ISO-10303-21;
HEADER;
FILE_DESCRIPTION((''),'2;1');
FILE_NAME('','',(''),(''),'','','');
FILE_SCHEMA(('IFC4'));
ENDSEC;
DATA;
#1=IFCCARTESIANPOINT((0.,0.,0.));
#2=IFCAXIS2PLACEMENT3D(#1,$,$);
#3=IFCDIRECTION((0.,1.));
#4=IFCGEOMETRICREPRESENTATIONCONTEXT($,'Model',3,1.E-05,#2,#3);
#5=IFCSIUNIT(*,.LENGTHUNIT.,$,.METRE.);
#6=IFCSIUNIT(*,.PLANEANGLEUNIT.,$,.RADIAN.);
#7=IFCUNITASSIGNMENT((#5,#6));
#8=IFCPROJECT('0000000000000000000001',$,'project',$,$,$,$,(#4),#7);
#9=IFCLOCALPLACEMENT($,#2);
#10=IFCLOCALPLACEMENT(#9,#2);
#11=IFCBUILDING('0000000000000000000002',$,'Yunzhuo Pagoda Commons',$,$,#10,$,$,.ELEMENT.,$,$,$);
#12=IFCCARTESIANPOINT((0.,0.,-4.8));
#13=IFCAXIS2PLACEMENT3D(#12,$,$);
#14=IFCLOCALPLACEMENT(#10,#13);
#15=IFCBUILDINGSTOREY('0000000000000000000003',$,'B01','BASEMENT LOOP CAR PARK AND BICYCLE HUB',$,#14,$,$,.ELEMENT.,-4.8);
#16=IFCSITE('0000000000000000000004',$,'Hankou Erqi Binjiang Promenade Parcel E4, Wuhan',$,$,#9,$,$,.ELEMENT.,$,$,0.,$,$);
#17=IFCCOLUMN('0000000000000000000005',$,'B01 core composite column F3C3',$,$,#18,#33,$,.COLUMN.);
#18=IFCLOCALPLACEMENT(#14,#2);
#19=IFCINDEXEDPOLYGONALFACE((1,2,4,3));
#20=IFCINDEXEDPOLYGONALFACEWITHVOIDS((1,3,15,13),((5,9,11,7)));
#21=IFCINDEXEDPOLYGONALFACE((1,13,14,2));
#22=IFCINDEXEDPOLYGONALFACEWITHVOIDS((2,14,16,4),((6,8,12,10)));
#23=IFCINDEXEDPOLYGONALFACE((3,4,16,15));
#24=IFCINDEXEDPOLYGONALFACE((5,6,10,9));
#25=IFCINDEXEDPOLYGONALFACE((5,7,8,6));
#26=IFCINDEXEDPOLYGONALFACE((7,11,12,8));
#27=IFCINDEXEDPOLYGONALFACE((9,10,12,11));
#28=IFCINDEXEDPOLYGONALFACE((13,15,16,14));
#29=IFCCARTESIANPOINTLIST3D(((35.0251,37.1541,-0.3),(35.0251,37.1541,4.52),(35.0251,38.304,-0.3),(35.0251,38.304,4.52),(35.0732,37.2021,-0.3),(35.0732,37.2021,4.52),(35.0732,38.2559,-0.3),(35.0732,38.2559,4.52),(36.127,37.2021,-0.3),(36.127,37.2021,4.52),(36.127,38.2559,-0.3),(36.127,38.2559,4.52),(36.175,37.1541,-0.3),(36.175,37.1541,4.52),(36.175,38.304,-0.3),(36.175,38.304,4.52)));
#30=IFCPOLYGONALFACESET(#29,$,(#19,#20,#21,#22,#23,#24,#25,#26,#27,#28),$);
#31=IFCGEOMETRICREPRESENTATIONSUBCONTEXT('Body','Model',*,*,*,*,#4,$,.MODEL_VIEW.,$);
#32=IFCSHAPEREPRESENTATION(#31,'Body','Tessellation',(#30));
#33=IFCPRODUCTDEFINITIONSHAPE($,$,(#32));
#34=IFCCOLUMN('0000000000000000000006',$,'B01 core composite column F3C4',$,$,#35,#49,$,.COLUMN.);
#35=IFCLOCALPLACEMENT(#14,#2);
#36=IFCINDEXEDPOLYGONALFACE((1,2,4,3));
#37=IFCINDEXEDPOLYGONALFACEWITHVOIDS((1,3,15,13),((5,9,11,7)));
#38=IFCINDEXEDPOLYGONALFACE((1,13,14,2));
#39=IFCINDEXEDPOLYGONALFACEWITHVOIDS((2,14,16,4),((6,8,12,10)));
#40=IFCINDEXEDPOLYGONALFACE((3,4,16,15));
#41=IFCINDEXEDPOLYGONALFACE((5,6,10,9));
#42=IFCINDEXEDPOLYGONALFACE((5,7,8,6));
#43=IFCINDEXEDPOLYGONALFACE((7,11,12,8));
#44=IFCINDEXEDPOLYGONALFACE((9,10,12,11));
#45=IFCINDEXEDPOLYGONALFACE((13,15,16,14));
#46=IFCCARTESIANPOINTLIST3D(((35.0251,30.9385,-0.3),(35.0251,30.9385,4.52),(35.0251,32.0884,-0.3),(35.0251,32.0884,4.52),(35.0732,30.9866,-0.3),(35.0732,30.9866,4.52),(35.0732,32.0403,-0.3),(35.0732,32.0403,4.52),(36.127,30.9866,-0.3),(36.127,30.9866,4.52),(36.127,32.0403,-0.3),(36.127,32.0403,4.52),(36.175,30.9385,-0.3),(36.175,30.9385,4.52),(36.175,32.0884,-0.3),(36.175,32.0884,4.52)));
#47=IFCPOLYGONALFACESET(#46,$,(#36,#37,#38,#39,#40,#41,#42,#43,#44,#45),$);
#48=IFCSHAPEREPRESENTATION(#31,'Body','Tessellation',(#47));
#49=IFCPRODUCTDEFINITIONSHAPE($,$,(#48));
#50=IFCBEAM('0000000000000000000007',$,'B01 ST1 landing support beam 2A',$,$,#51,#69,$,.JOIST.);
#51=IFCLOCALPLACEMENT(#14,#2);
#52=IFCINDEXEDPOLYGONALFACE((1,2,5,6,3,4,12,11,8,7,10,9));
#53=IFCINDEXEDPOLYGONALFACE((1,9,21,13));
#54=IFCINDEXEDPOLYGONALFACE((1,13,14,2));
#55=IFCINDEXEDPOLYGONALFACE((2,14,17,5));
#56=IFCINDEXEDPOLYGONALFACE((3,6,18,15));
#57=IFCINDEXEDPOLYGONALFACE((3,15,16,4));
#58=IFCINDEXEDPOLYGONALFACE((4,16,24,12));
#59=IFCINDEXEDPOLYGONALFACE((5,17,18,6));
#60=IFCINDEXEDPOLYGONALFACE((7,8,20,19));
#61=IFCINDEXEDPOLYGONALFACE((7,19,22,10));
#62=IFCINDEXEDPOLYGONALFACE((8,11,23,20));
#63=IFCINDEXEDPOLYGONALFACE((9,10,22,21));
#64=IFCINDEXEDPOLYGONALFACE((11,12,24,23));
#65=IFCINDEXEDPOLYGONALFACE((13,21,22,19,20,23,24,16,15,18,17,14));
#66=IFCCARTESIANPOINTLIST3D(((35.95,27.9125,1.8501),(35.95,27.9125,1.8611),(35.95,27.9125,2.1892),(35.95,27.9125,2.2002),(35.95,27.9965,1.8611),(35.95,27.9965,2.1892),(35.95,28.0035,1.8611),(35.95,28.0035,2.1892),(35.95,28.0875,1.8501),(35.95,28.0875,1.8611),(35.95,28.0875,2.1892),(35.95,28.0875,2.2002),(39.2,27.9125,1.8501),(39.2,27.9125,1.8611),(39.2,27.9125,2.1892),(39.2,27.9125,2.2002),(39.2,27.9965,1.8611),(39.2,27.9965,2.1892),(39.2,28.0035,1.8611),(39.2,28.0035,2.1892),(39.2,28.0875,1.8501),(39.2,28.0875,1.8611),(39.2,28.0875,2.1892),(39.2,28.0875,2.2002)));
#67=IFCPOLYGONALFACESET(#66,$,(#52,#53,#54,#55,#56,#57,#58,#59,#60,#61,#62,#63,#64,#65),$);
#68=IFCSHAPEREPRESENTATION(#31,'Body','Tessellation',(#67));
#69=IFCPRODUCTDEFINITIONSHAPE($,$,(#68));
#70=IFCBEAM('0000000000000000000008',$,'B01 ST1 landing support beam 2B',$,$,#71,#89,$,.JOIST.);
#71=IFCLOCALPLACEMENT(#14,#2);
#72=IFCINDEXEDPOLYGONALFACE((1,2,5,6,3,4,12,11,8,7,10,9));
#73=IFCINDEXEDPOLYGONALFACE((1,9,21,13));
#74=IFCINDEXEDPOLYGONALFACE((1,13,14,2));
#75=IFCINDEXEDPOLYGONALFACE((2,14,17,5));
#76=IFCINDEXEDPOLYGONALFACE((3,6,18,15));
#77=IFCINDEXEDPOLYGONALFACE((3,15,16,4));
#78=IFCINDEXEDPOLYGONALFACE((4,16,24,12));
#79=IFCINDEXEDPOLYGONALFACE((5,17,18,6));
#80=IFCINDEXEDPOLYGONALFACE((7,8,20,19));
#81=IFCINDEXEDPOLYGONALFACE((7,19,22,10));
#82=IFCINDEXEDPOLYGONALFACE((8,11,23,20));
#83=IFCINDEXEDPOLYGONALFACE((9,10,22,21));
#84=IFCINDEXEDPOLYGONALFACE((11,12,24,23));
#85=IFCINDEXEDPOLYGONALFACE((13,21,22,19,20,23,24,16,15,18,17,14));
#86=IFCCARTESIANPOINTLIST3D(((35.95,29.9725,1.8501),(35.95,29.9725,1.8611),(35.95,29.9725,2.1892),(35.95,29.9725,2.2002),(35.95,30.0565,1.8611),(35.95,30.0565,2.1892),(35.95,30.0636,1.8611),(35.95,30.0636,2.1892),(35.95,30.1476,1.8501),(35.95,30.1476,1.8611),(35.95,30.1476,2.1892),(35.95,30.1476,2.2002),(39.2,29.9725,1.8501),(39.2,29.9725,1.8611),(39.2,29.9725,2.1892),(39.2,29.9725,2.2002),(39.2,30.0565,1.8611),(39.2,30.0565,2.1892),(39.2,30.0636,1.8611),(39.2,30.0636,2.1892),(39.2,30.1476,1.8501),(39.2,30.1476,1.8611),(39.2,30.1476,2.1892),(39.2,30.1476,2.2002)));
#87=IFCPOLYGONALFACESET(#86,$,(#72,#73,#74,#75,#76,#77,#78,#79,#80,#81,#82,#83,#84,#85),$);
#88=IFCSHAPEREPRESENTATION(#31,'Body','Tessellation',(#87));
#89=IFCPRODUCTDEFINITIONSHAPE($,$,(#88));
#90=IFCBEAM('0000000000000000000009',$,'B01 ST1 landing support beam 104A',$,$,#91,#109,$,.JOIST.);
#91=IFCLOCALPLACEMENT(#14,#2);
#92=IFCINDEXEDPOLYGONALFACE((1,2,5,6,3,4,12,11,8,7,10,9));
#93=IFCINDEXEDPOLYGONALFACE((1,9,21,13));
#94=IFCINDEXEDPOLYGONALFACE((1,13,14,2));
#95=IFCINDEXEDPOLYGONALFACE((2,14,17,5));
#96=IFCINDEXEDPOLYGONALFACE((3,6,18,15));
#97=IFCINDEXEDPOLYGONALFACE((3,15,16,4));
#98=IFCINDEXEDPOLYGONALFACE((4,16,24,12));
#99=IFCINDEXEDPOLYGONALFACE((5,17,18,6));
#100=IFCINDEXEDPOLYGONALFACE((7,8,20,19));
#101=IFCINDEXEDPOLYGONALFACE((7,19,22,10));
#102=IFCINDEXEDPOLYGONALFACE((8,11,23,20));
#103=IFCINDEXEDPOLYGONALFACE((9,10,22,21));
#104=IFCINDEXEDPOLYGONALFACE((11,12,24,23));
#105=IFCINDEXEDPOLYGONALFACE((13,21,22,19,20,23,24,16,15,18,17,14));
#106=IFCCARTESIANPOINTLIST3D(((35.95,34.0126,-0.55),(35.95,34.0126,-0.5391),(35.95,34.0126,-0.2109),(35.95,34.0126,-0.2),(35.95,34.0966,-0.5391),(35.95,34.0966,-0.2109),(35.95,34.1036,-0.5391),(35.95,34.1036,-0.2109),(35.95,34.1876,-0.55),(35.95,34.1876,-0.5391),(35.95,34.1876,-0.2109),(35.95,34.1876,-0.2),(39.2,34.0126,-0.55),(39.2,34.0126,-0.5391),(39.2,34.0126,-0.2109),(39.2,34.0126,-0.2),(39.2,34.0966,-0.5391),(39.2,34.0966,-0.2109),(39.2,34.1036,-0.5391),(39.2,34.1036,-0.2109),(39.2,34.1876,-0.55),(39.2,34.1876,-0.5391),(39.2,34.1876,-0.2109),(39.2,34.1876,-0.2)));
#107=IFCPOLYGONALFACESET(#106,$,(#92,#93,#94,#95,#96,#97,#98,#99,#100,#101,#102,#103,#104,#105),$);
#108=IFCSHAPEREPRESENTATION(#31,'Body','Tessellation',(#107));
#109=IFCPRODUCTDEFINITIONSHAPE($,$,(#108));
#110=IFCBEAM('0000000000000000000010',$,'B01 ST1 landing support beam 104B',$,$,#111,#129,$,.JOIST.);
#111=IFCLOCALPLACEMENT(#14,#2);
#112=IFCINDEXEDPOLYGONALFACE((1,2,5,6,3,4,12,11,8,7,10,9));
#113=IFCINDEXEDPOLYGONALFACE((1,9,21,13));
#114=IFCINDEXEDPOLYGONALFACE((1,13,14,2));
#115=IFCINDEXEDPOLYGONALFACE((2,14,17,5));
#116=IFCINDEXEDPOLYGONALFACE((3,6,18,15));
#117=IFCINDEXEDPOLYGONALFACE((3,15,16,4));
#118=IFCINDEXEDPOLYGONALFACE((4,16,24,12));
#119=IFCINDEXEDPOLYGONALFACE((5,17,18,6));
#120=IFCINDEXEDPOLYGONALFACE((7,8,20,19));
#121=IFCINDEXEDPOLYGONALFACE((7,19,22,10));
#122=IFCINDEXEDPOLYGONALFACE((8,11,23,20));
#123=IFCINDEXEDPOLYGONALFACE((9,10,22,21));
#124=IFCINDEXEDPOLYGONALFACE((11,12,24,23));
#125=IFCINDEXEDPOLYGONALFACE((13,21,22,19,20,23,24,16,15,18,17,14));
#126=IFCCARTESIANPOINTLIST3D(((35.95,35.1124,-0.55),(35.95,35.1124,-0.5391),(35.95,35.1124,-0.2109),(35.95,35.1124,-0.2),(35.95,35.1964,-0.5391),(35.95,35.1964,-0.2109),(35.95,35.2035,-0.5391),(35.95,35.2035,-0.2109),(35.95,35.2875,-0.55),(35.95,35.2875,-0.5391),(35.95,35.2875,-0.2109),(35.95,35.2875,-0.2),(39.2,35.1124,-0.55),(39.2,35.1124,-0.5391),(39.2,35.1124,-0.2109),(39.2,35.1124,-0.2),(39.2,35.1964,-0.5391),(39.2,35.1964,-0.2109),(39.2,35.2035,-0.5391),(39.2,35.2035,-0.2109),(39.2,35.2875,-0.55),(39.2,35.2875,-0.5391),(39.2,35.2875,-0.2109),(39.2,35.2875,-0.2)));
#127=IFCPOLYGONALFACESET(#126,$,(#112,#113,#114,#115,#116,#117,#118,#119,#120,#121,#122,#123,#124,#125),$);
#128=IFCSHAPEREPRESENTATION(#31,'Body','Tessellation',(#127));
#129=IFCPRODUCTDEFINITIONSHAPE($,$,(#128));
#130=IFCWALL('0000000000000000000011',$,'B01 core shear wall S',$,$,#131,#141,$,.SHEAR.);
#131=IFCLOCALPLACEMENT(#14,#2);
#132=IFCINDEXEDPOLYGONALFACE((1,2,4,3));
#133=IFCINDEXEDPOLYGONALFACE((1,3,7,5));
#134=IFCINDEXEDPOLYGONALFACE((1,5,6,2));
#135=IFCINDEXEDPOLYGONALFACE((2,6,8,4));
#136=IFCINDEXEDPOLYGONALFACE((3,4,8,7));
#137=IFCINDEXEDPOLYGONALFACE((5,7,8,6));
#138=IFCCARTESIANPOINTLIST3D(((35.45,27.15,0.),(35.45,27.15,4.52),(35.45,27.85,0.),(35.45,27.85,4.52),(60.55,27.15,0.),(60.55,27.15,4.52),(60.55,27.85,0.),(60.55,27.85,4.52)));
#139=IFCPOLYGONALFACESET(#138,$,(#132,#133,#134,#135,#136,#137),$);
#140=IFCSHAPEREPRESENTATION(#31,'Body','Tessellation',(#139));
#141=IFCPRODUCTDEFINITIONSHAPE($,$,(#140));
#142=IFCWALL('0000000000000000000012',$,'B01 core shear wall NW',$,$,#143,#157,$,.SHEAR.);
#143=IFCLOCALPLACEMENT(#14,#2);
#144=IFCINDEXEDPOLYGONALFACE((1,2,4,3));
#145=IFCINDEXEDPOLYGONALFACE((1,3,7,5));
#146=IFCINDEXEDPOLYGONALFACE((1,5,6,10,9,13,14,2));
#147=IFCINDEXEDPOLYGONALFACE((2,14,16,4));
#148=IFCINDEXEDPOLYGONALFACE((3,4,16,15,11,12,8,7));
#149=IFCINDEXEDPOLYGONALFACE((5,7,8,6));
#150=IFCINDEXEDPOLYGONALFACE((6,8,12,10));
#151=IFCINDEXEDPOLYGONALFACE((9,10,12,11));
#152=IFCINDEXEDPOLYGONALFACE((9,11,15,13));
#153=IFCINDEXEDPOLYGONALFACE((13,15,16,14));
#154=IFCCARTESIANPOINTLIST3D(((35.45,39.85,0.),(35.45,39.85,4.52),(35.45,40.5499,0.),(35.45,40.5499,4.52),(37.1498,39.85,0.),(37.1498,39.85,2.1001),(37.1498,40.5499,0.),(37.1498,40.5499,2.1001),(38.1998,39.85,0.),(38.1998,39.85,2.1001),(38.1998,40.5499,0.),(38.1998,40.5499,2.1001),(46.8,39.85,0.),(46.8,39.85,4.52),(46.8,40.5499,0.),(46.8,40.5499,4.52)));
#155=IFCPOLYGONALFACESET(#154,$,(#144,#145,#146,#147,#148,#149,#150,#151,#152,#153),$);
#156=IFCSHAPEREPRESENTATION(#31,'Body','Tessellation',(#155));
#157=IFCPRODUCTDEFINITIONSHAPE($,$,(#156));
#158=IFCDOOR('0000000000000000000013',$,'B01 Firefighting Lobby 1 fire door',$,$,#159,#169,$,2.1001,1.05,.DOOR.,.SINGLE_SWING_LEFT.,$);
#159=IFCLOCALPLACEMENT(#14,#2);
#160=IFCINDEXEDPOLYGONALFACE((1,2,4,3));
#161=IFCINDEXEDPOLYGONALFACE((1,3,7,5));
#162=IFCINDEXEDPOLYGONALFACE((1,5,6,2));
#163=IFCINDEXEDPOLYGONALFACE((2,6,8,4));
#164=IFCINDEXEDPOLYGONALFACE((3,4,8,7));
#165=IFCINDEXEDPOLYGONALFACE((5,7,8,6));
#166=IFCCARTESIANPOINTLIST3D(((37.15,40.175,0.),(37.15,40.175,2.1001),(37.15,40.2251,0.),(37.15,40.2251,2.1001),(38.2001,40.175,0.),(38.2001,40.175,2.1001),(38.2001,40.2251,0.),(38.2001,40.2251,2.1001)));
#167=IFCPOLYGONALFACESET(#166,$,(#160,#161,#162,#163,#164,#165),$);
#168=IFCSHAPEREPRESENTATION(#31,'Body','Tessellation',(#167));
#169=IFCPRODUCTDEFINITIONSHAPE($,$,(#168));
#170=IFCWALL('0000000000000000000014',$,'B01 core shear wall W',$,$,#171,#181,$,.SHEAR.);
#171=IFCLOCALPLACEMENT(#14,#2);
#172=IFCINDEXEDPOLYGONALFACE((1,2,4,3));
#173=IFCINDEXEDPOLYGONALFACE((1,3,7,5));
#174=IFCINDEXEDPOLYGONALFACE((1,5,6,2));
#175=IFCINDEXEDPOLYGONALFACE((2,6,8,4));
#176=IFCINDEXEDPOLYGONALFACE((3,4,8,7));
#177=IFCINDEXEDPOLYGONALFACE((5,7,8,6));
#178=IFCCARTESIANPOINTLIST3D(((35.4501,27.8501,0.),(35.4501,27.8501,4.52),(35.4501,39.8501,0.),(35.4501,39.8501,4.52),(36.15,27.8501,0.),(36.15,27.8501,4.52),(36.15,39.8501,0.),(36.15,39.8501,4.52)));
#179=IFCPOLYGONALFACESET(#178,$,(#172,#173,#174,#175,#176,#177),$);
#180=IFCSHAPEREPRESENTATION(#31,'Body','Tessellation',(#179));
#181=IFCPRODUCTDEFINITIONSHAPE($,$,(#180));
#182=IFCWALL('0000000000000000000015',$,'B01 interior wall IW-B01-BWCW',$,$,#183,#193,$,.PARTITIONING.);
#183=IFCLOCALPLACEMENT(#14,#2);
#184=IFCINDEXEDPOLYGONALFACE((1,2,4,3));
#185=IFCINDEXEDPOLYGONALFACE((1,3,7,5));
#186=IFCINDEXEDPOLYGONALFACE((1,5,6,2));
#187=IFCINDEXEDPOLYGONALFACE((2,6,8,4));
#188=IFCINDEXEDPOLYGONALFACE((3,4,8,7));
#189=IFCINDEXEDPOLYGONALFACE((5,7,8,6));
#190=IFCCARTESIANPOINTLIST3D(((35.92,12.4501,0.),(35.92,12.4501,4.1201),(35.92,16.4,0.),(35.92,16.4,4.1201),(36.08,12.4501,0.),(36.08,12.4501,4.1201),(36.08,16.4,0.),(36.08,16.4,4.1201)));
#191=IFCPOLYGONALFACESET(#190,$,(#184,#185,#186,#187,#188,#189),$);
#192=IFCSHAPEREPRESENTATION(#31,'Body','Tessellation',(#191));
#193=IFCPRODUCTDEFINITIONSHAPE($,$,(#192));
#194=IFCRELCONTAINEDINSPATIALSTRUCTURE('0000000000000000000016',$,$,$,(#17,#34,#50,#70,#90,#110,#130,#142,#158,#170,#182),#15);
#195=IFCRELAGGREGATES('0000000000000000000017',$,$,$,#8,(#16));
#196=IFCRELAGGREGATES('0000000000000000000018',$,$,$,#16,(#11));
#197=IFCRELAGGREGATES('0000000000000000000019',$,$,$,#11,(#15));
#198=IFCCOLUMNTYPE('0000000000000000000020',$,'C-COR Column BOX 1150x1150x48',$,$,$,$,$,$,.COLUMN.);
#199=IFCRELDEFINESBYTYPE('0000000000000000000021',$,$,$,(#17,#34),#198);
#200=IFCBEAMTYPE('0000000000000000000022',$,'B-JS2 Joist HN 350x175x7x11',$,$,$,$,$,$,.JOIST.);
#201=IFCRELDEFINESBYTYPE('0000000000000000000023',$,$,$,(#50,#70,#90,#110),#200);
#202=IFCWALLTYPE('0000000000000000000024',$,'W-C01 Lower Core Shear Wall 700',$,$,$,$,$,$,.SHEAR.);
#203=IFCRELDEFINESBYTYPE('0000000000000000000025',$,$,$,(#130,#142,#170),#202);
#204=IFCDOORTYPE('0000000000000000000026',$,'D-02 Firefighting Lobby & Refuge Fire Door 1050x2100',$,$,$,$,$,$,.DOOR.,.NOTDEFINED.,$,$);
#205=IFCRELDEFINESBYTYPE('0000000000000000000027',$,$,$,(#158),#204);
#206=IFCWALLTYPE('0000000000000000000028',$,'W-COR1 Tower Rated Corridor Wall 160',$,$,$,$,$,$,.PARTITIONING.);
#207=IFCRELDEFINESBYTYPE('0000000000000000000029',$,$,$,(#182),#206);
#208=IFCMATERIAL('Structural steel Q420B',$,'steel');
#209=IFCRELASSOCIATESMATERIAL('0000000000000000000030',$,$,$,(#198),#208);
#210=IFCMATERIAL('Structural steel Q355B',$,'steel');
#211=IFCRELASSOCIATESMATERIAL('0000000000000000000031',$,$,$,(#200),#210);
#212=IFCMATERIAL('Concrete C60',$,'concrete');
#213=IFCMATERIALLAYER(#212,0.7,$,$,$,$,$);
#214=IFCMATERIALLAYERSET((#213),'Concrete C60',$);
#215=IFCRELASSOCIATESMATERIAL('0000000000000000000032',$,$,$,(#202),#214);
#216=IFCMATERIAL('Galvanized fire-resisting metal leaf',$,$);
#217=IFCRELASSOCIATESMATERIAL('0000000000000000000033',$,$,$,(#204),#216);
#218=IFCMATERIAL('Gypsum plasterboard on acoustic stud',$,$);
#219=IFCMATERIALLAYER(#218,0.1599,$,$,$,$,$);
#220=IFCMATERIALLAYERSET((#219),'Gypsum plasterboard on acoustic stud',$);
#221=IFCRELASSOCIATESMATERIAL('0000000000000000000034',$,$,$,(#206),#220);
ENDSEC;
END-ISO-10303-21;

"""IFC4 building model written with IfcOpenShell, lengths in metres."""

from ifc_helpers import new_model, si_unit, direction, frame, frame_2d, origin, origin_2d, place, context, subcontext, project, spatial, rectangle, hollow_rectangle, i_section, extrude, source, transform, mapped, material, layer, layer_set, material_profile, profile_set, type_object, element, fill, save


model = new_model("IFC4")

# Units and contexts
model_context = context("Model", 3, precision=1e-05, world=origin(), true_north=direction((0.0, 1.0)))
body_context = subcontext(model_context, "Body", "Model", "MODEL_VIEW")
ifc_project = project(units=[si_unit("LENGTHUNIT", "METRE"), si_unit("PLANEANGLEUNIT", "RADIAN")], contexts=[model_context])

# Site, building, storey
site_placement = place(None, origin())
site = spatial("IfcSite", under=ifc_project, at=site_placement, Name="Hankou Erqi Binjiang Promenade Parcel E4, Wuhan", CompositionType="ELEMENT", RefElevation=0.0)
building_placement = place(site_placement, origin())
building = spatial("IfcBuilding", under=site, at=building_placement, Name="Yunzhuo Pagoda Commons", CompositionType="ELEMENT")
storey_placement = place(building_placement, frame((0.0, 0.0, -4.8)))
storey = spatial("IfcBuildingStorey", under=building, at=storey_placement, Name="B01", Description="BASEMENT LOOP CAR PARK AND BICYCLE HUB", CompositionType="ELEMENT", Elevation=-4.8)

# Columns
ifc_material_1 = material(Name="Structural steel Q420B", Category="steel")
ifc_material_profile_1 = material_profile(ifc_material_1, hollow_rectangle(XDim=1.1499, YDim=1.1499, WallThickness=0.0481, at=origin_2d()), Name="Structural steel Q420B")
ifc_profile_set_1 = profile_set([ifc_material_profile_1], Name="Structural steel Q420B")
column_type = type_object("IfcColumnType", Name="C-COR Column BOX 1150x1150x48", PredefinedType="COLUMN", material=ifc_profile_set_1)
shared_shape_1 = source(origin(), body_context, "Body", "SweptSolid", [
    extrude(hollow_rectangle(XDim=1.1499, YDim=1.1499, WallThickness=0.0481, at=origin_2d()), origin(), (0.0, 0.0, 1.0), 4.8201),
])
for number, where, z_axis, x_axis, name in (
    (1, (35.6001, 37.729, -0.3), (0.0, 0.0, 1.0), (1.0, 0.0, 0.0), "B01 core composite column F3C3"),
    (2, (35.6001, 31.5134, -0.3), (0.0, 0.0, 1.0), (1.0, 0.0, 0.0), "B01 core composite column F3C4"),
):
    element("IfcColumn", number, at=place(storey_placement, frame(where, z_axis=z_axis, x_axis=x_axis)), inside=storey, type_object=column_type, Name=name, PredefinedType="COLUMN", context=body_context, shape_type="MappedRepresentation", body=[
        mapped(shared_shape_1, transform((0.0, 0.0, 0.0), scale=1.0)),
    ])

# Beams
ifc_material_2 = material(Name="Structural steel Q355B", Category="steel")
ifc_material_profile_2 = material_profile(ifc_material_2, i_section(OverallWidth=0.175, OverallDepth=0.3501, WebThickness=0.0071, FlangeThickness=0.011, at=origin_2d()), Name="Structural steel Q355B")
ifc_profile_set_2 = profile_set([ifc_material_profile_2], Name="Structural steel Q355B")
beam_type = type_object("IfcBeamType", Name="B-JS2 Joist HN 350x175x7x11", PredefinedType="JOIST", material=ifc_profile_set_2)
shared_shape_2 = source(origin(), body_context, "Body", "SweptSolid", [
    extrude(i_section(OverallWidth=0.175, OverallDepth=0.3501, WebThickness=0.0071, FlangeThickness=0.011, at=origin_2d()), origin(), (0.0, 0.0, 1.0), 3.25),
])
for number, where, z_axis, x_axis, name in (
    (3, (35.95, 28.0, 2.0251), (1.0, 0.0, 0.0), (0.0, 1.0, 0.0), "B01 ST1 landing support beam 2A"),
    (4, (35.95, 30.0601, 2.0251), (1.0, 0.0, 0.0), (0.0, 1.0, 0.0), "B01 ST1 landing support beam 2B"),
    (5, (35.95, 34.1001, -0.375), (1.0, 0.0, 0.0), (0.0, 1.0, 0.0), "B01 ST1 landing support beam 104A"),
    (6, (35.95, 35.2, -0.375), (1.0, 0.0, 0.0), (0.0, 1.0, 0.0), "B01 ST1 landing support beam 104B"),
):
    element("IfcBeam", number, at=place(storey_placement, frame(where, z_axis=z_axis, x_axis=x_axis)), inside=storey, type_object=beam_type, Name=name, PredefinedType="JOIST", context=body_context, shape_type="MappedRepresentation", body=[
        mapped(shared_shape_2, transform((0.0, 0.0, 0.0), scale=1.0)),
    ])

# Wall
ifc_material_3 = material(Name="Concrete C60", Category="concrete")
ifc_layer_1 = layer(ifc_material_3, 0.7)
ifc_layer_set_1 = layer_set([ifc_layer_1], Name="Concrete C60")
wall_type_1 = type_object("IfcWallType", Name="W-C01 Lower Core Shear Wall 700", PredefinedType="SHEAR", material=ifc_layer_set_1)
wall_1_placement = place(storey_placement, frame((35.45, 27.5, 0.0), z_axis=(0.0, 0.0, 1.0), x_axis=(1.0, 0.0, 0.0)))
element("IfcWall", 7, at=wall_1_placement, inside=storey, type_object=wall_type_1, Name="B01 core shear wall S", PredefinedType="SHEAR", context=body_context, shape_type="SweptSolid", body=[
    extrude(rectangle(XDim=25.1001, YDim=0.7, at=frame_2d((12.55, 0.0))), origin(), (0.0, 0.0, 1.0), 4.52),
])

# Wall, opening, door
wall_2_placement = place(storey_placement, frame((35.45, 40.2, 0.0), z_axis=(0.0, 0.0, 1.0), x_axis=(1.0, 0.0, 0.0)))
wall_2 = element("IfcWall", 8, at=wall_2_placement, inside=storey, type_object=wall_type_1, Name="B01 core shear wall NW", PredefinedType="SHEAR", context=body_context, shape_type="SweptSolid", body=[
    extrude(rectangle(XDim=11.3501, YDim=0.7, at=frame_2d((5.675, 0.0))), origin(), (0.0, 0.0, 1.0), 4.52),
])
opening_1_placement = place(wall_2_placement, frame((1.7, 0.0, 0.0)))
opening_1 = element("IfcOpeningElement", 9, at=opening_1_placement, cuts=wall_2, PredefinedType="OPENING", context=body_context, shape_type="SweptSolid", body=[
    extrude(rectangle(XDim=1.05, YDim=2.1001, at=frame_2d((0.5249, 1.05))), frame((0.0, 0.3599, 0.0), z_axis=(0.0, -1.0, 0.0), x_axis=(1.0, 0.0, 0.0)), (0.0, 0.0, 1.0), 0.72),
])
ifc_material_4 = material(Name="Galvanized fire-resisting metal leaf")
door_type_1 = type_object("IfcDoorType", Name="D-02 Firefighting Lobby & Refuge Fire Door 1050x2100", OperationType="NOTDEFINED", PredefinedType="DOOR", material=ifc_material_4)
shared_shape_3 = source(origin(), body_context, "Body", "SweptSolid", [
    extrude(rectangle(XDim=1.05, YDim=2.1001, at=frame_2d((0.5249, 1.05))), frame((0.0, 0.0249, 0.0), z_axis=(0.0, -1.0, 0.0), x_axis=(1.0, 0.0, 0.0)), (0.0, 0.0, 1.0), 0.05),
])
door_1_placement = place(opening_1_placement, frame((1.05, 0.0, 0.0), z_axis=(0.0, 0.0, 1.0), x_axis=(-1.0, 0.0, 0.0)))
door_1 = element("IfcDoor", 10, at=door_1_placement, inside=storey, type_object=door_type_1, Name="B01 Firefighting Lobby 1 fire door", OperationType="SINGLE_SWING_LEFT", OverallHeight=2.1001, OverallWidth=1.05, PredefinedType="DOOR", context=body_context, shape_type="MappedRepresentation", body=[
    mapped(shared_shape_3, transform((0.0, 0.0, 0.0), scale=1.0)),
])
fill(opening_1, door_1)

# Walls
wall_3_placement = place(storey_placement, frame((35.8, 27.8501, 0.0), z_axis=(0.0, 0.0, 1.0), x_axis=(0.0, 1.0, 0.0)))
element("IfcWall", 11, at=wall_3_placement, inside=storey, type_object=wall_type_1, Name="B01 core shear wall W", PredefinedType="SHEAR", context=body_context, shape_type="SweptSolid", body=[
    extrude(rectangle(XDim=12.0, YDim=0.7, at=frame_2d((6.0, 0.0))), origin(), (0.0, 0.0, 1.0), 4.52),
])
ifc_material_5 = material(Name="Gypsum plasterboard on acoustic stud")
ifc_layer_2 = layer(ifc_material_5, 0.1599)
ifc_layer_set_2 = layer_set([ifc_layer_2], Name="Gypsum plasterboard on acoustic stud")
wall_type_2 = type_object("IfcWallType", Name="W-COR1 Tower Rated Corridor Wall 160", PredefinedType="PARTITIONING", material=ifc_layer_set_2)
wall_4_placement = place(storey_placement, frame((36.0, 12.45, 0.0), z_axis=(0.0, 0.0, 1.0), x_axis=(0.0, 1.0, 0.0)))
element("IfcWall", 12, at=wall_4_placement, inside=storey, type_object=wall_type_2, Name="B01 interior wall IW-B01-BWCW", PredefinedType="PARTITIONING", context=body_context, shape_type="SweptSolid", body=[
    extrude(rectangle(XDim=3.95, YDim=0.1599, at=frame_2d((1.9751, 0.0))), origin(), (0.0, 0.0, 1.0), 4.1201),
])

save(model, "model.ifc")
